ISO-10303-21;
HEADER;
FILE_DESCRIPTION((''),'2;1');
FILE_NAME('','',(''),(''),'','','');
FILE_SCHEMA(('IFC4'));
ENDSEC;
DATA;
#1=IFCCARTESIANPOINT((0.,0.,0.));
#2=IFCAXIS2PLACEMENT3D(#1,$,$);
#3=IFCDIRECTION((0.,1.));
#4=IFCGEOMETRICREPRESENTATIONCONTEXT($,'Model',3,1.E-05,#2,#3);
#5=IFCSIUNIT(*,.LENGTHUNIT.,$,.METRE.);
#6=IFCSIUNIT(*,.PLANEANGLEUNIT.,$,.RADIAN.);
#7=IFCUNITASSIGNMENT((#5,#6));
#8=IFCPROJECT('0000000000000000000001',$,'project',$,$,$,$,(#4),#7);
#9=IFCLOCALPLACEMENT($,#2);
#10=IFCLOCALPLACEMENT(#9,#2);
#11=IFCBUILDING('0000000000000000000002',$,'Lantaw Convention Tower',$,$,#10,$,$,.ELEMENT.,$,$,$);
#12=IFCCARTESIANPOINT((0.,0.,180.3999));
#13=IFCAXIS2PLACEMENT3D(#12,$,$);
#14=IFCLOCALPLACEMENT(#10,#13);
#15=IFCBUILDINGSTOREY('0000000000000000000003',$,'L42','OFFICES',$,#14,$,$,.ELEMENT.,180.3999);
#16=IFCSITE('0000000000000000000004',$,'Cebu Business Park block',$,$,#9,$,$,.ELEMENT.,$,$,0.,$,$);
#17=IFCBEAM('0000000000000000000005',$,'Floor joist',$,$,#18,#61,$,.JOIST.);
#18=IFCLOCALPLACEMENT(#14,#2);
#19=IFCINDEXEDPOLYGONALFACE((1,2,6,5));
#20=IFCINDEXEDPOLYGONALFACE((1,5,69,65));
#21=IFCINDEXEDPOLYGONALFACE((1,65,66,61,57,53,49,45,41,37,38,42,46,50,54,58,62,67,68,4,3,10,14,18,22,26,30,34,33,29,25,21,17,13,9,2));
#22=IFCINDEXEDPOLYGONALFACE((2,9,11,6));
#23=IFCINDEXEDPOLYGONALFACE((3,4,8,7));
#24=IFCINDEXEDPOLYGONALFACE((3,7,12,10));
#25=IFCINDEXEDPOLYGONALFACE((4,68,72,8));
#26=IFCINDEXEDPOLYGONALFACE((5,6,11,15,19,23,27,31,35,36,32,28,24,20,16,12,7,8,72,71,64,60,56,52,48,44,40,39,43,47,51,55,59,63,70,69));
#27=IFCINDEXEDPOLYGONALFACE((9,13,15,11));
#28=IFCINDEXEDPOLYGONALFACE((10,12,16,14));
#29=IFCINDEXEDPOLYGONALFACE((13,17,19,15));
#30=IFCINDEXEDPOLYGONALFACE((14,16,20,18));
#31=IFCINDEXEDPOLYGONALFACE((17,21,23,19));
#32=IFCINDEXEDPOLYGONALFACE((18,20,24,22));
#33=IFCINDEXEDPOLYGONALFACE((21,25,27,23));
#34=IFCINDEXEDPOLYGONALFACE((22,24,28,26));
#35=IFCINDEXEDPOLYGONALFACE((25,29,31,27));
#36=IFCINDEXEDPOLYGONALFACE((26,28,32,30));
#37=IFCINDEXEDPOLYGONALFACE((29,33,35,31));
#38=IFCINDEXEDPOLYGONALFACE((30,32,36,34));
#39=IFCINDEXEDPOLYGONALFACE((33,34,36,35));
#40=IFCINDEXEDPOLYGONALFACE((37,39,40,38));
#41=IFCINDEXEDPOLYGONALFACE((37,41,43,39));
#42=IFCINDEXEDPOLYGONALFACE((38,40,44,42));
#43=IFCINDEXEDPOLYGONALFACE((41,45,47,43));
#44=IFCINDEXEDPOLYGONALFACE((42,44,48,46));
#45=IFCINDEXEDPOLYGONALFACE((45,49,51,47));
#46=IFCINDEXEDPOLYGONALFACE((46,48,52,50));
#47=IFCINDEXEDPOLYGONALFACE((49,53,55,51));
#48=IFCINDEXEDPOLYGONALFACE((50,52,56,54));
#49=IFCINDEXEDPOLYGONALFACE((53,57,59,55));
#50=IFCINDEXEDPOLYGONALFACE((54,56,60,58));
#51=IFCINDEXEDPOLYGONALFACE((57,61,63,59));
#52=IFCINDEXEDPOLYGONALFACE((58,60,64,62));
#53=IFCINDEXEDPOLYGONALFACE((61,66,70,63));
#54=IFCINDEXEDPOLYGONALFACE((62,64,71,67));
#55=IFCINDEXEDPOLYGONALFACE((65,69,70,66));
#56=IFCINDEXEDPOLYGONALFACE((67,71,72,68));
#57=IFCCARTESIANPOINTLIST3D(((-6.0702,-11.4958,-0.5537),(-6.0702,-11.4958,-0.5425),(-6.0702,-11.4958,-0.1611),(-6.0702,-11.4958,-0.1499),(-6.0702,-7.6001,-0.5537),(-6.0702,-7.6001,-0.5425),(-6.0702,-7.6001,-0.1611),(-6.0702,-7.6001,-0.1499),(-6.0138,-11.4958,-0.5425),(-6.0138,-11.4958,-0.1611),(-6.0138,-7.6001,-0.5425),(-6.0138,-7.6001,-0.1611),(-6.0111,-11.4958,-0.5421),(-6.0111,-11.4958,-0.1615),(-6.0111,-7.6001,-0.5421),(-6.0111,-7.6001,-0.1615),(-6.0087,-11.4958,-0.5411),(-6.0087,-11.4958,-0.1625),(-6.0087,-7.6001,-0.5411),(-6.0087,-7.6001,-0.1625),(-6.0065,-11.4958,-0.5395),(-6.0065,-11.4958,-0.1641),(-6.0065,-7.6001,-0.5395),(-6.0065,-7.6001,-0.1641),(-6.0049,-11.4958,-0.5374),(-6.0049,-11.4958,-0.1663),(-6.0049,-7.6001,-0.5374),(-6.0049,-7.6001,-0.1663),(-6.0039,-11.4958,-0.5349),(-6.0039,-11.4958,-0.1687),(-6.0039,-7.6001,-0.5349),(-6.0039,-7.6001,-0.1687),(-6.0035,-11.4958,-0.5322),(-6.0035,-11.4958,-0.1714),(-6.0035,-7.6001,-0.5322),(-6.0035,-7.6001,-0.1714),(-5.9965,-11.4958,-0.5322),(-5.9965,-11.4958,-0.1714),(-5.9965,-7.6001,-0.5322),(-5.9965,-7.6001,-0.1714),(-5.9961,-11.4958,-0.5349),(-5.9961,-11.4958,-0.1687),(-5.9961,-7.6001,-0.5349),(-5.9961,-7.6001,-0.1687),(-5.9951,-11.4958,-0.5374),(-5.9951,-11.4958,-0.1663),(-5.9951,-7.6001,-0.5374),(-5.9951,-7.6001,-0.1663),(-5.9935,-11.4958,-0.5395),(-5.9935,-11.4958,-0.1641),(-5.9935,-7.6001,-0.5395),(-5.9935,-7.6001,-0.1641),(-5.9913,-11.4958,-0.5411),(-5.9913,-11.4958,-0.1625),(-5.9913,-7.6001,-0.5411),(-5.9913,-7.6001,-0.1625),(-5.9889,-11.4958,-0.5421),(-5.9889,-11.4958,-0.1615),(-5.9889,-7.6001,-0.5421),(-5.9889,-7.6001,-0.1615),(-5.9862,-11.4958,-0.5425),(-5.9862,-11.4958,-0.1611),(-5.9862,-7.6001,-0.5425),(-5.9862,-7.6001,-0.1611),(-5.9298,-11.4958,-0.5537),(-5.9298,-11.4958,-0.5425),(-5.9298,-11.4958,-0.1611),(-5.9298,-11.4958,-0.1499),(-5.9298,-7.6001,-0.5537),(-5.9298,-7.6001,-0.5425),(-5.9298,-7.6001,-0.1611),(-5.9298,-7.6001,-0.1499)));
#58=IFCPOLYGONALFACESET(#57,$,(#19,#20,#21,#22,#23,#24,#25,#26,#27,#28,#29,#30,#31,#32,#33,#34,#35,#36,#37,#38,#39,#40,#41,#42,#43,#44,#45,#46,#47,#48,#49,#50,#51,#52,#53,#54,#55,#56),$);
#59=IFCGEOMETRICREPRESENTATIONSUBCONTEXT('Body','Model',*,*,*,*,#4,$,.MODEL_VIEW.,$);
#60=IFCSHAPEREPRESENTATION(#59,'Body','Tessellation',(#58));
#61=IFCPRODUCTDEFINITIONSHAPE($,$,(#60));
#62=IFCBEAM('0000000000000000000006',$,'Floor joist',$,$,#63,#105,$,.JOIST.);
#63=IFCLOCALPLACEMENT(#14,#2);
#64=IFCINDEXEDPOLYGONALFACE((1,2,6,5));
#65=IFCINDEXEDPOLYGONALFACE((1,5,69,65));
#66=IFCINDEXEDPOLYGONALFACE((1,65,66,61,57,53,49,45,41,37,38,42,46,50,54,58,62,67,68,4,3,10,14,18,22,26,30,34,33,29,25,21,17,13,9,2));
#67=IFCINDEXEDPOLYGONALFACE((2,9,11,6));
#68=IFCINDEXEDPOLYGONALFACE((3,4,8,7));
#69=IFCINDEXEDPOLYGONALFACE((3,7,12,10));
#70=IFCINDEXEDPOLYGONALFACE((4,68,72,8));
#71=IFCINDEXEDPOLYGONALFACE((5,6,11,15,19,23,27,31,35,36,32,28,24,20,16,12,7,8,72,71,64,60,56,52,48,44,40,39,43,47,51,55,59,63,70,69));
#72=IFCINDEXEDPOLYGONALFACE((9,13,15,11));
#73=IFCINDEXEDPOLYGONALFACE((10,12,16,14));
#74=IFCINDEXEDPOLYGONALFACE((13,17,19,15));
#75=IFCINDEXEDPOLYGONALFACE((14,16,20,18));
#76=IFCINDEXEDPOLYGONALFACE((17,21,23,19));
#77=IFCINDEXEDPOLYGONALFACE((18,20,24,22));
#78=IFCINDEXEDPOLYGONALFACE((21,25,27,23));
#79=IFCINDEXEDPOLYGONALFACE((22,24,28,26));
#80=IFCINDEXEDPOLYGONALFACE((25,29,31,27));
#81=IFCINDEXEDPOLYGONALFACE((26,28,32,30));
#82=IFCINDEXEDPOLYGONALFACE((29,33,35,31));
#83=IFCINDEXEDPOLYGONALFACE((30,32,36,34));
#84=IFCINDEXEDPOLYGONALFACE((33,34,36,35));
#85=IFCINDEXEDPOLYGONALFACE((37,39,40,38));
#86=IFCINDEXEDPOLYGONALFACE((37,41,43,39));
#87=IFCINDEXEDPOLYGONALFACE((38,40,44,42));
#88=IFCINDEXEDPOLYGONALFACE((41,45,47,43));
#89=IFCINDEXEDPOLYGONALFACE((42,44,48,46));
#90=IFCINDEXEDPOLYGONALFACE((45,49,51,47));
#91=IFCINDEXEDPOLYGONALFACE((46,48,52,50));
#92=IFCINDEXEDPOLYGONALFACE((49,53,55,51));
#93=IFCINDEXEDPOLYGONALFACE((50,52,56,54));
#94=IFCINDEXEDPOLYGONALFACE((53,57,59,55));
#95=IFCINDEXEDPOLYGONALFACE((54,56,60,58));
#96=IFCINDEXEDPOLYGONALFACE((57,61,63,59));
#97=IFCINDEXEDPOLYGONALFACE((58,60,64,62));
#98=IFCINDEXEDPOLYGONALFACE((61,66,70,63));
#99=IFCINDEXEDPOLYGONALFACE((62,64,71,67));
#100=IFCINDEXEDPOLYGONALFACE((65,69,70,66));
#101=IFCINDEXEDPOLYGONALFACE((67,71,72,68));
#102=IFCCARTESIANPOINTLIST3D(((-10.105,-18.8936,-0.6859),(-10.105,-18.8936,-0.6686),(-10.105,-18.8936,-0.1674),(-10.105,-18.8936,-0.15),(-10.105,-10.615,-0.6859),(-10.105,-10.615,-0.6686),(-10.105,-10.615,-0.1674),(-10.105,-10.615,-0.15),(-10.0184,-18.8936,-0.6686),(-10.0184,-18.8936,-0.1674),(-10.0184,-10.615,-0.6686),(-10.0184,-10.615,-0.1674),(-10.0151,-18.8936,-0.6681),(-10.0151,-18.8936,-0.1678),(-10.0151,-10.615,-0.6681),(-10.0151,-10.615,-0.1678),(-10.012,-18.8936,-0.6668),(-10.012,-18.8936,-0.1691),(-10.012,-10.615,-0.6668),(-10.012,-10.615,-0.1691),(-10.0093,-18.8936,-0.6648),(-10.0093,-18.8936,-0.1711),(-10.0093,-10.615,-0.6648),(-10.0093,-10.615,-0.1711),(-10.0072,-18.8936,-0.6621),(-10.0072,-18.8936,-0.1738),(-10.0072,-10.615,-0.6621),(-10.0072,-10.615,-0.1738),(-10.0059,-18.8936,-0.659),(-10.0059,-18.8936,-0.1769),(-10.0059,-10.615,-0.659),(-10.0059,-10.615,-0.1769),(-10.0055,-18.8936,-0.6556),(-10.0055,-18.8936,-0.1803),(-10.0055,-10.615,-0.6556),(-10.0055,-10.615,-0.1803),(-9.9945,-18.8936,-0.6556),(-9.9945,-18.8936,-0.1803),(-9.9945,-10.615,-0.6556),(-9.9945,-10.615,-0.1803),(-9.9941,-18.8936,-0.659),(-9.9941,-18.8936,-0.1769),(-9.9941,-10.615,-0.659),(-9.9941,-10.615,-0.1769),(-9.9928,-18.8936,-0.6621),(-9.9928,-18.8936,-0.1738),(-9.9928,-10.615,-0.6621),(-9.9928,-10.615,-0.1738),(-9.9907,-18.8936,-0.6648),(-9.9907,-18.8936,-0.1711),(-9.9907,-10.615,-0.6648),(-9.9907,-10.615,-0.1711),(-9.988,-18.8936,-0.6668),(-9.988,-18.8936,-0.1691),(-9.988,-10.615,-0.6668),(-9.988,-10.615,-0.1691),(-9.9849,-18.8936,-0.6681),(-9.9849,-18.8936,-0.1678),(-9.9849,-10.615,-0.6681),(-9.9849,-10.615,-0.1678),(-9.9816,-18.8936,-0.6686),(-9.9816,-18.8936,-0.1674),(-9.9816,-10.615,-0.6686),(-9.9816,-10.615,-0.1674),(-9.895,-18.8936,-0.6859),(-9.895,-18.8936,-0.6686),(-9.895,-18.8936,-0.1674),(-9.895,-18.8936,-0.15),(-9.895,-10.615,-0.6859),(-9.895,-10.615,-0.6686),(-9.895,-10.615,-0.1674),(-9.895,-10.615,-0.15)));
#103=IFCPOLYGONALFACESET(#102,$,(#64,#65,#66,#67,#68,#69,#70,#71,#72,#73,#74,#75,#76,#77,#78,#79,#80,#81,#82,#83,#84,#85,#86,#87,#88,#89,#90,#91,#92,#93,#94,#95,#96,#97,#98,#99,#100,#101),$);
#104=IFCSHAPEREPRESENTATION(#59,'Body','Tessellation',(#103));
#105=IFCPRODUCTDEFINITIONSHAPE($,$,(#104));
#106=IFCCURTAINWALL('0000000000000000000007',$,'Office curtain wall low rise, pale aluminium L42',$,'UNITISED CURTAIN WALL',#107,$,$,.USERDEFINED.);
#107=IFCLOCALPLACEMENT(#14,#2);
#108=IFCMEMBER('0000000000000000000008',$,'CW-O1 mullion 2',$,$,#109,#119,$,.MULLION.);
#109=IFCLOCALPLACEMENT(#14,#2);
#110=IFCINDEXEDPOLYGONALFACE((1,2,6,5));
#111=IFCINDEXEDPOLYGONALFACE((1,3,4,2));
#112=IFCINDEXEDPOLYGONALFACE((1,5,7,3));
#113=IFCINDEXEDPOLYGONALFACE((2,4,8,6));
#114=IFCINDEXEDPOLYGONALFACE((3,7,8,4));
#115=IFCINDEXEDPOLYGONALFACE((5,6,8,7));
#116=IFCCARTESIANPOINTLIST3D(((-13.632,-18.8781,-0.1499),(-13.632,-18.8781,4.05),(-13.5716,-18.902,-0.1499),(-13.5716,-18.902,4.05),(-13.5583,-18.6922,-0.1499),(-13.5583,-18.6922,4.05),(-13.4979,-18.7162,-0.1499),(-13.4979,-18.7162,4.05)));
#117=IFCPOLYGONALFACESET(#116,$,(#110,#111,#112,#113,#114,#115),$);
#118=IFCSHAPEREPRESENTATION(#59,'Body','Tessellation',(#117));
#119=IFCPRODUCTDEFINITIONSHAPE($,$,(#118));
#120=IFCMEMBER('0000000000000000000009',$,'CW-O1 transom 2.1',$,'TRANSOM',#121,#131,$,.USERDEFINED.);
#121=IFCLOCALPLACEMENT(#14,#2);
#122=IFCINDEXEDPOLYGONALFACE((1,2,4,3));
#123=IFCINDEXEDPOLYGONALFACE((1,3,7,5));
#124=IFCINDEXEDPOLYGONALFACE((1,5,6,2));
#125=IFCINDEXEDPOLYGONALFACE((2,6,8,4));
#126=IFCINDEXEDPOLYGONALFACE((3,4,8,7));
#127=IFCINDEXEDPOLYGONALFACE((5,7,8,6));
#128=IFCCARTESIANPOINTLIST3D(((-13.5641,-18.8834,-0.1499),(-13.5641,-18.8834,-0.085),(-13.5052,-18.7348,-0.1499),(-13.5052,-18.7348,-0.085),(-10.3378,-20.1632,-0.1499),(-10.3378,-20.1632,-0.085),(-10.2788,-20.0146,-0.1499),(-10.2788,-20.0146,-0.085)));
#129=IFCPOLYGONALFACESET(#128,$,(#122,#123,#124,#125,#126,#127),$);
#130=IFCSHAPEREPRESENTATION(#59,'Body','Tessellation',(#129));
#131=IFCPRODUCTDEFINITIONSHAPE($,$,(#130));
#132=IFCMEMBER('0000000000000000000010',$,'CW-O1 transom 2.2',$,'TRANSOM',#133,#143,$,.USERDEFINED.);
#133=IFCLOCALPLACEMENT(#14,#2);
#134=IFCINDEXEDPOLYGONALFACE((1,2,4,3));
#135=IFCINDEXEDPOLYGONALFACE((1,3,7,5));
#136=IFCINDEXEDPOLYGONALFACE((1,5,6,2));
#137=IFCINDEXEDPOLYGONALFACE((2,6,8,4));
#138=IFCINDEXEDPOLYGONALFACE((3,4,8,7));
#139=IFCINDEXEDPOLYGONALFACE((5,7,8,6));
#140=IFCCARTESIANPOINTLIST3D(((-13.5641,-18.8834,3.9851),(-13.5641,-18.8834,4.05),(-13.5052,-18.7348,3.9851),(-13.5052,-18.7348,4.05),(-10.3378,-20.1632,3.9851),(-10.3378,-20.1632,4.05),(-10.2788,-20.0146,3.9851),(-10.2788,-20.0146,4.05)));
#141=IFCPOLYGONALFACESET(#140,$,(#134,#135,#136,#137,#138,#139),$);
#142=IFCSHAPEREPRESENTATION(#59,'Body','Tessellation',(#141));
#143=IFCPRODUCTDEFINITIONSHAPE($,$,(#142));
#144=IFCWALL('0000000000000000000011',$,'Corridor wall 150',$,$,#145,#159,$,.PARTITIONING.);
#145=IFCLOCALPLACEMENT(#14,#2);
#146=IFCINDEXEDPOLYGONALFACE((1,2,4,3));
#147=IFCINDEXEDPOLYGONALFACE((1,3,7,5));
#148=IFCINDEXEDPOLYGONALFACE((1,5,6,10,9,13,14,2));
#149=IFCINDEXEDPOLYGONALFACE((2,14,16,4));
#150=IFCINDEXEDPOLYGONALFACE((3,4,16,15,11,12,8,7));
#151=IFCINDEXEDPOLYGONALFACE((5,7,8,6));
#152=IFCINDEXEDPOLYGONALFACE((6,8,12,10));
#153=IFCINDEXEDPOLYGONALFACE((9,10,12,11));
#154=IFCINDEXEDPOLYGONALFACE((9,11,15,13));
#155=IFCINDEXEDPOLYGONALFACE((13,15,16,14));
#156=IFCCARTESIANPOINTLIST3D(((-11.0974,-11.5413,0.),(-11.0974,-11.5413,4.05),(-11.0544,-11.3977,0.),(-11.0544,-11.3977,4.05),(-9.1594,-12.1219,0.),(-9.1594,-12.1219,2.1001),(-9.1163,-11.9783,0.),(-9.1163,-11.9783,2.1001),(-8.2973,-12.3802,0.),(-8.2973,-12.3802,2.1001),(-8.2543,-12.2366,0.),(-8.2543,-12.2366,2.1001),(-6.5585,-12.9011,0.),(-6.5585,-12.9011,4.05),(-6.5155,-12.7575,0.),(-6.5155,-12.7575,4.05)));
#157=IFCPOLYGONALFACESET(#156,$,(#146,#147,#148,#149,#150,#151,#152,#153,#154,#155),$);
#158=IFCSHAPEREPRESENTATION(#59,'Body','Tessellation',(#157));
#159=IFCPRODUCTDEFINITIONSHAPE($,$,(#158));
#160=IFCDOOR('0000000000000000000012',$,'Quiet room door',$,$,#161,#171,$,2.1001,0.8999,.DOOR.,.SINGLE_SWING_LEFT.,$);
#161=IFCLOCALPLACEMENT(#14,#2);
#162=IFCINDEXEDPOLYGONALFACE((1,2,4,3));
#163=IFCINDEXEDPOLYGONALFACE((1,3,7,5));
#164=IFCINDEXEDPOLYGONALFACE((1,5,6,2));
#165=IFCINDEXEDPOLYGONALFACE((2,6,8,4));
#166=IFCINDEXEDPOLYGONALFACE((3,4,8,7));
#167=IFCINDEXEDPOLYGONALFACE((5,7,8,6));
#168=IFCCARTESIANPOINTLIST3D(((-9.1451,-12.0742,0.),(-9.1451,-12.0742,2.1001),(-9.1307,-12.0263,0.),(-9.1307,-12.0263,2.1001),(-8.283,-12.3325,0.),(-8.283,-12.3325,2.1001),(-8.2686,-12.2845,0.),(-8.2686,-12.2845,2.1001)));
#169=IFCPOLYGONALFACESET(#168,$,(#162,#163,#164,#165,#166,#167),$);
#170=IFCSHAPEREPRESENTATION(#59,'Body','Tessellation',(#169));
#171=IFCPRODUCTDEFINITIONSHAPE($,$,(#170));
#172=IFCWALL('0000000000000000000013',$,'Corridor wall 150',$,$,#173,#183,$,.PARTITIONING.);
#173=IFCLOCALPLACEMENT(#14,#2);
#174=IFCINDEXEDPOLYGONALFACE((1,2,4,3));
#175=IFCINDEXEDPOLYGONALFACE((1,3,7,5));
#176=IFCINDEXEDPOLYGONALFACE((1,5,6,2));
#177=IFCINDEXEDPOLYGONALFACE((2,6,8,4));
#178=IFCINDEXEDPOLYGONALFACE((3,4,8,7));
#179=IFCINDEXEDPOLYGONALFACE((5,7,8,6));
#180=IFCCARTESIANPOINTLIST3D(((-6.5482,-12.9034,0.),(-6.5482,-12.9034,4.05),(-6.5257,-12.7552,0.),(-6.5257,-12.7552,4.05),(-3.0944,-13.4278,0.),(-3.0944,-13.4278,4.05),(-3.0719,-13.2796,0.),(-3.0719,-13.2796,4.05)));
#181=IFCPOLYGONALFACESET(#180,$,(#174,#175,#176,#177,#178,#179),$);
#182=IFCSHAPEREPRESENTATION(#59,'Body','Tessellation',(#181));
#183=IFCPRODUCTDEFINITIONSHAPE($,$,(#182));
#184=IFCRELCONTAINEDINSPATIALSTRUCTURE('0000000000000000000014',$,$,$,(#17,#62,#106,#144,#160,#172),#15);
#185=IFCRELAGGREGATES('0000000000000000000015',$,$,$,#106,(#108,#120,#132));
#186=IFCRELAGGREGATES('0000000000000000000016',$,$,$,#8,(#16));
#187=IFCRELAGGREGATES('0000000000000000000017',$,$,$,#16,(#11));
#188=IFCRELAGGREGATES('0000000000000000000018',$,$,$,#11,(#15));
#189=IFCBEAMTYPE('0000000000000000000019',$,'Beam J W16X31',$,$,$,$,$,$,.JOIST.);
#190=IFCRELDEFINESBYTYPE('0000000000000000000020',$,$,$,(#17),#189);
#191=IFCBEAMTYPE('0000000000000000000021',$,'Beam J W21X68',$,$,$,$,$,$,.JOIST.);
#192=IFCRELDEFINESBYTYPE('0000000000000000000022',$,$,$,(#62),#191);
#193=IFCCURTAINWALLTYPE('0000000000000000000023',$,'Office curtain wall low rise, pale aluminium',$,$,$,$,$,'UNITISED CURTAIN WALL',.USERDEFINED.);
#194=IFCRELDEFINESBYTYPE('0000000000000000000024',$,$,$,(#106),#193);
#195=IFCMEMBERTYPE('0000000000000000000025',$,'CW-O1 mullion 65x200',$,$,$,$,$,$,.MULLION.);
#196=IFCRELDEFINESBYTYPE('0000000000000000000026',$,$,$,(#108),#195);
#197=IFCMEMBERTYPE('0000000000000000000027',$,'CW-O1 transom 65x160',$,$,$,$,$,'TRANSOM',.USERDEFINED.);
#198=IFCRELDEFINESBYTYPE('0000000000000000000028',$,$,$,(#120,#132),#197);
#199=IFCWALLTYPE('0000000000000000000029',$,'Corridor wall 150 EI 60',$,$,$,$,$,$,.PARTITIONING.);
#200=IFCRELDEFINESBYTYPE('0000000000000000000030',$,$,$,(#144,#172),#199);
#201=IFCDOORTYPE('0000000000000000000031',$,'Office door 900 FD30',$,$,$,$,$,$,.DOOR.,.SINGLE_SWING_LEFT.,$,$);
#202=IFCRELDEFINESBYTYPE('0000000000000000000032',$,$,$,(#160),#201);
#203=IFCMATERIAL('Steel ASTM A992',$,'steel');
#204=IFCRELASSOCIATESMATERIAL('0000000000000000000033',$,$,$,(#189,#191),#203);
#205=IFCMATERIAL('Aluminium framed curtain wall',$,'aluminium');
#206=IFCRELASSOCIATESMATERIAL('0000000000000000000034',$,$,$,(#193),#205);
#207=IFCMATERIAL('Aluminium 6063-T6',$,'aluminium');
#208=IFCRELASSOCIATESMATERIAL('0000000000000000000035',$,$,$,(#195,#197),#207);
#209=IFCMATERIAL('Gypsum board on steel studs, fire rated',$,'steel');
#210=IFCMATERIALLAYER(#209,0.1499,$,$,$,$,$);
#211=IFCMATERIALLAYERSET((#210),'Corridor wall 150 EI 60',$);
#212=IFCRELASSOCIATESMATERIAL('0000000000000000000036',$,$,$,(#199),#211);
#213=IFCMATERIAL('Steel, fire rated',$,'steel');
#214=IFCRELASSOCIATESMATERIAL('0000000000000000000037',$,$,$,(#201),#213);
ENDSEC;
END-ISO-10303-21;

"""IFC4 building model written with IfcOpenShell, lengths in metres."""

from ifc_helpers import new_model, si_unit, direction, frame, frame_2d, origin, origin_2d, place, context, subcontext, project, spatial, rectangle, i_section, extrude, material, layer, layer_set, material_profile, profile_set, type_object, element, fill, aggregate, save


model = new_model("IFC4")

# Units and contexts
model_context = context("Model", 3, precision=1e-05, world=origin(), true_north=direction((0.0, 1.0)))
body_context = subcontext(model_context, "Body", "Model", "MODEL_VIEW")
ifc_project = project(units=[si_unit("LENGTHUNIT", "METRE"), si_unit("PLANEANGLEUNIT", "RADIAN")], contexts=[model_context])

# Site, building, storey
site_placement = place(None, origin())
site = spatial("IfcSite", under=ifc_project, at=site_placement, Name="Cebu Business Park block", CompositionType="ELEMENT", RefElevation=0.0)
building_placement = place(site_placement, origin())
building = spatial("IfcBuilding", under=site, at=building_placement, Name="Lantaw Convention Tower", CompositionType="ELEMENT")
storey_placement = place(building_placement, frame((0.0, 0.0, 180.3999)))
storey = spatial("IfcBuildingStorey", under=building, at=storey_placement, Name="L42", Description="OFFICES", CompositionType="ELEMENT", Elevation=180.3999)

# Beams
ifc_material_1 = material(Name="Steel ASTM A992", Category="steel")
ifc_material_profile_1 = material_profile(ifc_material_1, i_section(OverallWidth=0.1404, OverallDepth=0.4038, WebThickness=0.0071, FlangeThickness=0.0112, FilletRadius=0.0103, at=origin_2d()), Name="W16X31")
ifc_profile_set_1 = profile_set([ifc_material_profile_1], Name="Steel ASTM A992")
beam_type_1 = type_object("IfcBeamType", Name="Beam J W16X31", PredefinedType="JOIST", material=ifc_profile_set_1)
beam_1_placement = place(storey_placement, frame((-6.0, -11.4958, -0.3518), z_axis=(0.0, 1.0, 0.0), x_axis=(-1.0, 0.0, 0.0)))
element("IfcBeam", 1, at=beam_1_placement, inside=storey, type_object=beam_type_1, Name="Floor joist", PredefinedType="JOIST", context=body_context, shape_type="SweptSolid", body=[
    extrude(i_section(OverallWidth=0.1404, OverallDepth=0.4038, WebThickness=0.0071, FlangeThickness=0.0112, FilletRadius=0.0103, at=origin_2d()), origin(), (0.0, 0.0, 1.0), 3.8958),
])
ifc_material_profile_2 = material_profile(ifc_material_1, i_section(OverallWidth=0.21, OverallDepth=0.5359, WebThickness=0.011, FlangeThickness=0.0173, FilletRadius=0.0129, at=origin_2d()), Name="W21X68")
ifc_profile_set_2 = profile_set([ifc_material_profile_2], Name="Steel ASTM A992")
beam_type_2 = type_object("IfcBeamType", Name="Beam J W21X68", PredefinedType="JOIST", material=ifc_profile_set_2)
beam_2_placement = place(storey_placement, frame((-10.0, -18.8936, -0.418), z_axis=(0.0, 1.0, 0.0), x_axis=(-1.0, 0.0, 0.0)))
element("IfcBeam", 2, at=beam_2_placement, inside=storey, type_object=beam_type_2, Name="Floor joist", PredefinedType="JOIST", context=body_context, shape_type="SweptSolid", body=[
    extrude(i_section(OverallWidth=0.21, OverallDepth=0.5359, WebThickness=0.011, FlangeThickness=0.0173, FilletRadius=0.0129, at=origin_2d()), origin(), (0.0, 0.0, 1.0), 8.2786),
])

# Curtain wall, members
ifc_material_2 = material(Name="Aluminium framed curtain wall", Category="aluminium")
curtain_wall_type = type_object("IfcCurtainWallType", Name="Office curtain wall low rise, pale aluminium", ElementType="UNITISED CURTAIN WALL", PredefinedType="USERDEFINED", material=ifc_material_2)
curtain_wall_placement = place(storey_placement, origin())
curtain_wall = element("IfcCurtainWall", 3, at=curtain_wall_placement, inside=storey, type_object=curtain_wall_type, Name="Office curtain wall low rise, pale aluminium L42", ObjectType="UNITISED CURTAIN WALL", PredefinedType="USERDEFINED")
ifc_material_3 = material(Name="Aluminium 6063-T6", Category="aluminium")
ifc_material_profile_3 = material_profile(ifc_material_3, rectangle(XDim=0.2, YDim=0.0649, at=origin_2d()), Name="CW-O1 mullion 65x200")
ifc_profile_set_3 = profile_set([ifc_material_profile_3], Name="Aluminium 6063-T6")
member_type_1 = type_object("IfcMemberType", Name="CW-O1 mullion 65x200", PredefinedType="MULLION", material=ifc_profile_set_3)
member_1_placement = place(storey_placement, frame((-13.5649, -18.7971, -0.1499), z_axis=(0.0, 0.0, 1.0), x_axis=(0.368702, 0.929548, 0.0)))
member_1 = element("IfcMember", 4, at=member_1_placement, type_object=member_type_1, Name="CW-O1 mullion 2", PredefinedType="MULLION", context=body_context, shape_type="SweptSolid", body=[
    extrude(rectangle(XDim=0.2, YDim=0.0649, at=origin_2d()), origin(), (0.0, 0.0, 1.0), 4.2),
])
ifc_material_profile_4 = material_profile(ifc_material_3, rectangle(XDim=0.1599, YDim=0.0649, at=origin_2d()), Name="CW-O1 transom 65x160")
ifc_profile_set_4 = profile_set([ifc_material_profile_4], Name="Aluminium 6063-T6")
member_type_2 = type_object("IfcMemberType", Name="CW-O1 transom 65x160", ElementType="TRANSOM", PredefinedType="USERDEFINED", material=ifc_profile_set_4)
member_2_placement = place(storey_placement, frame((-13.5347, -18.8091, -0.1174), z_axis=(0.92954, -0.368721, 0.0), x_axis=(0.368721, 0.92954, 0.0)))
member_2 = element("IfcMember", 5, at=member_2_placement, type_object=member_type_2, Name="CW-O1 transom 2.1", ObjectType="TRANSOM", PredefinedType="USERDEFINED", context=body_context, shape_type="SweptSolid", body=[
    extrude(rectangle(XDim=0.1599, YDim=0.0649, at=origin_2d()), origin(), (0.0, 0.0, 1.0), 3.4709),
])
member_3_placement = place(storey_placement, frame((-13.5347, -18.8091, 4.0176), z_axis=(0.92954, -0.368721, 0.0), x_axis=(0.368721, 0.92954, 0.0)))
member_3 = element("IfcMember", 6, at=member_3_placement, type_object=member_type_2, Name="CW-O1 transom 2.2", ObjectType="TRANSOM", PredefinedType="USERDEFINED", context=body_context, shape_type="SweptSolid", body=[
    extrude(rectangle(XDim=0.1599, YDim=0.0649, at=origin_2d()), origin(), (0.0, 0.0, 1.0), 3.4709),
])
aggregate(curtain_wall, [member_1, member_2, member_3])

# Wall, opening, door
ifc_material_4 = material(Name="Gypsum board on steel studs, fire rated", Category="steel")
ifc_layer_1 = layer(ifc_material_4, 0.1499)
ifc_layer_set_1 = layer_set([ifc_layer_1], Name="Corridor wall 150 EI 60")
wall_type_1 = type_object("IfcWallType", Name="Corridor wall 150 EI 60", PredefinedType="PARTITIONING", material=ifc_layer_set_1)
wall_1_placement = place(storey_placement, frame((-11.0759, -11.4695, 0.0), z_axis=(0.0, 0.0, 1.0), x_axis=(0.957934, -0.286989, 0.0)))
wall_1 = element("IfcWall", 7, at=wall_1_placement, inside=storey, type_object=wall_type_1, Name="Corridor wall 150", PredefinedType="PARTITIONING", context=body_context, shape_type="SweptSolid", body=[
    extrude(rectangle(XDim=4.7383, YDim=0.1499, at=frame_2d((2.3691, 0.0))), origin(), (0.0, 0.0, 1.0), 4.05),
])
opening_1_placement = place(wall_1_placement, frame((2.0232, 0.0, 0.0)))
opening_1 = element("IfcOpeningElement", 8, at=opening_1_placement, cuts=wall_1, PredefinedType="OPENING", context=body_context, shape_type="SweptSolid", body=[
    extrude(rectangle(XDim=0.8999, YDim=2.1001, at=frame_2d((0.45, 1.05))), frame((0.0, 0.085, 0.0), z_axis=(0.0, -1.0, 0.0), x_axis=(1.0, 0.0, 0.0)), (0.0, 0.0, 1.0), 0.1699),
])
ifc_material_5 = material(Name="Steel, fire rated", Category="steel")
door_type_1 = type_object("IfcDoorType", Name="Office door 900 FD30", OperationType="SINGLE_SWING_LEFT", PredefinedType="DOOR", material=ifc_material_5)
door_1_placement = place(opening_1_placement, origin())
door_1 = element("IfcDoor", 9, at=door_1_placement, inside=storey, type_object=door_type_1, Name="Quiet room door", OperationType="SINGLE_SWING_LEFT", OverallHeight=2.1001, OverallWidth=0.8999, PredefinedType="DOOR", context=body_context, shape_type="SweptSolid", body=[
    extrude(rectangle(XDim=0.8999, YDim=2.1001, at=frame_2d((0.45, 1.05))), frame((0.0, 0.0249, 0.0), z_axis=(0.0, -1.0, 0.0), x_axis=(1.0, 0.0, 0.0)), (0.0, 0.0, 1.0), 0.05),
])
fill(opening_1, door_1)

# Wall
wall_2_placement = place(storey_placement, frame((-6.5369, -12.8293, 0.0), z_axis=(0.0, 0.0, 1.0), x_axis=(0.988669, -0.150114, 0.0)))
element("IfcWall", 10, at=wall_2_placement, inside=storey, type_object=wall_type_1, Name="Corridor wall 150", PredefinedType="PARTITIONING", context=body_context, shape_type="SweptSolid", body=[
    extrude(rectangle(XDim=3.4934, YDim=0.1499, at=frame_2d((1.7466, 0.0))), origin(), (0.0, 0.0, 1.0), 4.05),
])

save(model, "model.ifc")
